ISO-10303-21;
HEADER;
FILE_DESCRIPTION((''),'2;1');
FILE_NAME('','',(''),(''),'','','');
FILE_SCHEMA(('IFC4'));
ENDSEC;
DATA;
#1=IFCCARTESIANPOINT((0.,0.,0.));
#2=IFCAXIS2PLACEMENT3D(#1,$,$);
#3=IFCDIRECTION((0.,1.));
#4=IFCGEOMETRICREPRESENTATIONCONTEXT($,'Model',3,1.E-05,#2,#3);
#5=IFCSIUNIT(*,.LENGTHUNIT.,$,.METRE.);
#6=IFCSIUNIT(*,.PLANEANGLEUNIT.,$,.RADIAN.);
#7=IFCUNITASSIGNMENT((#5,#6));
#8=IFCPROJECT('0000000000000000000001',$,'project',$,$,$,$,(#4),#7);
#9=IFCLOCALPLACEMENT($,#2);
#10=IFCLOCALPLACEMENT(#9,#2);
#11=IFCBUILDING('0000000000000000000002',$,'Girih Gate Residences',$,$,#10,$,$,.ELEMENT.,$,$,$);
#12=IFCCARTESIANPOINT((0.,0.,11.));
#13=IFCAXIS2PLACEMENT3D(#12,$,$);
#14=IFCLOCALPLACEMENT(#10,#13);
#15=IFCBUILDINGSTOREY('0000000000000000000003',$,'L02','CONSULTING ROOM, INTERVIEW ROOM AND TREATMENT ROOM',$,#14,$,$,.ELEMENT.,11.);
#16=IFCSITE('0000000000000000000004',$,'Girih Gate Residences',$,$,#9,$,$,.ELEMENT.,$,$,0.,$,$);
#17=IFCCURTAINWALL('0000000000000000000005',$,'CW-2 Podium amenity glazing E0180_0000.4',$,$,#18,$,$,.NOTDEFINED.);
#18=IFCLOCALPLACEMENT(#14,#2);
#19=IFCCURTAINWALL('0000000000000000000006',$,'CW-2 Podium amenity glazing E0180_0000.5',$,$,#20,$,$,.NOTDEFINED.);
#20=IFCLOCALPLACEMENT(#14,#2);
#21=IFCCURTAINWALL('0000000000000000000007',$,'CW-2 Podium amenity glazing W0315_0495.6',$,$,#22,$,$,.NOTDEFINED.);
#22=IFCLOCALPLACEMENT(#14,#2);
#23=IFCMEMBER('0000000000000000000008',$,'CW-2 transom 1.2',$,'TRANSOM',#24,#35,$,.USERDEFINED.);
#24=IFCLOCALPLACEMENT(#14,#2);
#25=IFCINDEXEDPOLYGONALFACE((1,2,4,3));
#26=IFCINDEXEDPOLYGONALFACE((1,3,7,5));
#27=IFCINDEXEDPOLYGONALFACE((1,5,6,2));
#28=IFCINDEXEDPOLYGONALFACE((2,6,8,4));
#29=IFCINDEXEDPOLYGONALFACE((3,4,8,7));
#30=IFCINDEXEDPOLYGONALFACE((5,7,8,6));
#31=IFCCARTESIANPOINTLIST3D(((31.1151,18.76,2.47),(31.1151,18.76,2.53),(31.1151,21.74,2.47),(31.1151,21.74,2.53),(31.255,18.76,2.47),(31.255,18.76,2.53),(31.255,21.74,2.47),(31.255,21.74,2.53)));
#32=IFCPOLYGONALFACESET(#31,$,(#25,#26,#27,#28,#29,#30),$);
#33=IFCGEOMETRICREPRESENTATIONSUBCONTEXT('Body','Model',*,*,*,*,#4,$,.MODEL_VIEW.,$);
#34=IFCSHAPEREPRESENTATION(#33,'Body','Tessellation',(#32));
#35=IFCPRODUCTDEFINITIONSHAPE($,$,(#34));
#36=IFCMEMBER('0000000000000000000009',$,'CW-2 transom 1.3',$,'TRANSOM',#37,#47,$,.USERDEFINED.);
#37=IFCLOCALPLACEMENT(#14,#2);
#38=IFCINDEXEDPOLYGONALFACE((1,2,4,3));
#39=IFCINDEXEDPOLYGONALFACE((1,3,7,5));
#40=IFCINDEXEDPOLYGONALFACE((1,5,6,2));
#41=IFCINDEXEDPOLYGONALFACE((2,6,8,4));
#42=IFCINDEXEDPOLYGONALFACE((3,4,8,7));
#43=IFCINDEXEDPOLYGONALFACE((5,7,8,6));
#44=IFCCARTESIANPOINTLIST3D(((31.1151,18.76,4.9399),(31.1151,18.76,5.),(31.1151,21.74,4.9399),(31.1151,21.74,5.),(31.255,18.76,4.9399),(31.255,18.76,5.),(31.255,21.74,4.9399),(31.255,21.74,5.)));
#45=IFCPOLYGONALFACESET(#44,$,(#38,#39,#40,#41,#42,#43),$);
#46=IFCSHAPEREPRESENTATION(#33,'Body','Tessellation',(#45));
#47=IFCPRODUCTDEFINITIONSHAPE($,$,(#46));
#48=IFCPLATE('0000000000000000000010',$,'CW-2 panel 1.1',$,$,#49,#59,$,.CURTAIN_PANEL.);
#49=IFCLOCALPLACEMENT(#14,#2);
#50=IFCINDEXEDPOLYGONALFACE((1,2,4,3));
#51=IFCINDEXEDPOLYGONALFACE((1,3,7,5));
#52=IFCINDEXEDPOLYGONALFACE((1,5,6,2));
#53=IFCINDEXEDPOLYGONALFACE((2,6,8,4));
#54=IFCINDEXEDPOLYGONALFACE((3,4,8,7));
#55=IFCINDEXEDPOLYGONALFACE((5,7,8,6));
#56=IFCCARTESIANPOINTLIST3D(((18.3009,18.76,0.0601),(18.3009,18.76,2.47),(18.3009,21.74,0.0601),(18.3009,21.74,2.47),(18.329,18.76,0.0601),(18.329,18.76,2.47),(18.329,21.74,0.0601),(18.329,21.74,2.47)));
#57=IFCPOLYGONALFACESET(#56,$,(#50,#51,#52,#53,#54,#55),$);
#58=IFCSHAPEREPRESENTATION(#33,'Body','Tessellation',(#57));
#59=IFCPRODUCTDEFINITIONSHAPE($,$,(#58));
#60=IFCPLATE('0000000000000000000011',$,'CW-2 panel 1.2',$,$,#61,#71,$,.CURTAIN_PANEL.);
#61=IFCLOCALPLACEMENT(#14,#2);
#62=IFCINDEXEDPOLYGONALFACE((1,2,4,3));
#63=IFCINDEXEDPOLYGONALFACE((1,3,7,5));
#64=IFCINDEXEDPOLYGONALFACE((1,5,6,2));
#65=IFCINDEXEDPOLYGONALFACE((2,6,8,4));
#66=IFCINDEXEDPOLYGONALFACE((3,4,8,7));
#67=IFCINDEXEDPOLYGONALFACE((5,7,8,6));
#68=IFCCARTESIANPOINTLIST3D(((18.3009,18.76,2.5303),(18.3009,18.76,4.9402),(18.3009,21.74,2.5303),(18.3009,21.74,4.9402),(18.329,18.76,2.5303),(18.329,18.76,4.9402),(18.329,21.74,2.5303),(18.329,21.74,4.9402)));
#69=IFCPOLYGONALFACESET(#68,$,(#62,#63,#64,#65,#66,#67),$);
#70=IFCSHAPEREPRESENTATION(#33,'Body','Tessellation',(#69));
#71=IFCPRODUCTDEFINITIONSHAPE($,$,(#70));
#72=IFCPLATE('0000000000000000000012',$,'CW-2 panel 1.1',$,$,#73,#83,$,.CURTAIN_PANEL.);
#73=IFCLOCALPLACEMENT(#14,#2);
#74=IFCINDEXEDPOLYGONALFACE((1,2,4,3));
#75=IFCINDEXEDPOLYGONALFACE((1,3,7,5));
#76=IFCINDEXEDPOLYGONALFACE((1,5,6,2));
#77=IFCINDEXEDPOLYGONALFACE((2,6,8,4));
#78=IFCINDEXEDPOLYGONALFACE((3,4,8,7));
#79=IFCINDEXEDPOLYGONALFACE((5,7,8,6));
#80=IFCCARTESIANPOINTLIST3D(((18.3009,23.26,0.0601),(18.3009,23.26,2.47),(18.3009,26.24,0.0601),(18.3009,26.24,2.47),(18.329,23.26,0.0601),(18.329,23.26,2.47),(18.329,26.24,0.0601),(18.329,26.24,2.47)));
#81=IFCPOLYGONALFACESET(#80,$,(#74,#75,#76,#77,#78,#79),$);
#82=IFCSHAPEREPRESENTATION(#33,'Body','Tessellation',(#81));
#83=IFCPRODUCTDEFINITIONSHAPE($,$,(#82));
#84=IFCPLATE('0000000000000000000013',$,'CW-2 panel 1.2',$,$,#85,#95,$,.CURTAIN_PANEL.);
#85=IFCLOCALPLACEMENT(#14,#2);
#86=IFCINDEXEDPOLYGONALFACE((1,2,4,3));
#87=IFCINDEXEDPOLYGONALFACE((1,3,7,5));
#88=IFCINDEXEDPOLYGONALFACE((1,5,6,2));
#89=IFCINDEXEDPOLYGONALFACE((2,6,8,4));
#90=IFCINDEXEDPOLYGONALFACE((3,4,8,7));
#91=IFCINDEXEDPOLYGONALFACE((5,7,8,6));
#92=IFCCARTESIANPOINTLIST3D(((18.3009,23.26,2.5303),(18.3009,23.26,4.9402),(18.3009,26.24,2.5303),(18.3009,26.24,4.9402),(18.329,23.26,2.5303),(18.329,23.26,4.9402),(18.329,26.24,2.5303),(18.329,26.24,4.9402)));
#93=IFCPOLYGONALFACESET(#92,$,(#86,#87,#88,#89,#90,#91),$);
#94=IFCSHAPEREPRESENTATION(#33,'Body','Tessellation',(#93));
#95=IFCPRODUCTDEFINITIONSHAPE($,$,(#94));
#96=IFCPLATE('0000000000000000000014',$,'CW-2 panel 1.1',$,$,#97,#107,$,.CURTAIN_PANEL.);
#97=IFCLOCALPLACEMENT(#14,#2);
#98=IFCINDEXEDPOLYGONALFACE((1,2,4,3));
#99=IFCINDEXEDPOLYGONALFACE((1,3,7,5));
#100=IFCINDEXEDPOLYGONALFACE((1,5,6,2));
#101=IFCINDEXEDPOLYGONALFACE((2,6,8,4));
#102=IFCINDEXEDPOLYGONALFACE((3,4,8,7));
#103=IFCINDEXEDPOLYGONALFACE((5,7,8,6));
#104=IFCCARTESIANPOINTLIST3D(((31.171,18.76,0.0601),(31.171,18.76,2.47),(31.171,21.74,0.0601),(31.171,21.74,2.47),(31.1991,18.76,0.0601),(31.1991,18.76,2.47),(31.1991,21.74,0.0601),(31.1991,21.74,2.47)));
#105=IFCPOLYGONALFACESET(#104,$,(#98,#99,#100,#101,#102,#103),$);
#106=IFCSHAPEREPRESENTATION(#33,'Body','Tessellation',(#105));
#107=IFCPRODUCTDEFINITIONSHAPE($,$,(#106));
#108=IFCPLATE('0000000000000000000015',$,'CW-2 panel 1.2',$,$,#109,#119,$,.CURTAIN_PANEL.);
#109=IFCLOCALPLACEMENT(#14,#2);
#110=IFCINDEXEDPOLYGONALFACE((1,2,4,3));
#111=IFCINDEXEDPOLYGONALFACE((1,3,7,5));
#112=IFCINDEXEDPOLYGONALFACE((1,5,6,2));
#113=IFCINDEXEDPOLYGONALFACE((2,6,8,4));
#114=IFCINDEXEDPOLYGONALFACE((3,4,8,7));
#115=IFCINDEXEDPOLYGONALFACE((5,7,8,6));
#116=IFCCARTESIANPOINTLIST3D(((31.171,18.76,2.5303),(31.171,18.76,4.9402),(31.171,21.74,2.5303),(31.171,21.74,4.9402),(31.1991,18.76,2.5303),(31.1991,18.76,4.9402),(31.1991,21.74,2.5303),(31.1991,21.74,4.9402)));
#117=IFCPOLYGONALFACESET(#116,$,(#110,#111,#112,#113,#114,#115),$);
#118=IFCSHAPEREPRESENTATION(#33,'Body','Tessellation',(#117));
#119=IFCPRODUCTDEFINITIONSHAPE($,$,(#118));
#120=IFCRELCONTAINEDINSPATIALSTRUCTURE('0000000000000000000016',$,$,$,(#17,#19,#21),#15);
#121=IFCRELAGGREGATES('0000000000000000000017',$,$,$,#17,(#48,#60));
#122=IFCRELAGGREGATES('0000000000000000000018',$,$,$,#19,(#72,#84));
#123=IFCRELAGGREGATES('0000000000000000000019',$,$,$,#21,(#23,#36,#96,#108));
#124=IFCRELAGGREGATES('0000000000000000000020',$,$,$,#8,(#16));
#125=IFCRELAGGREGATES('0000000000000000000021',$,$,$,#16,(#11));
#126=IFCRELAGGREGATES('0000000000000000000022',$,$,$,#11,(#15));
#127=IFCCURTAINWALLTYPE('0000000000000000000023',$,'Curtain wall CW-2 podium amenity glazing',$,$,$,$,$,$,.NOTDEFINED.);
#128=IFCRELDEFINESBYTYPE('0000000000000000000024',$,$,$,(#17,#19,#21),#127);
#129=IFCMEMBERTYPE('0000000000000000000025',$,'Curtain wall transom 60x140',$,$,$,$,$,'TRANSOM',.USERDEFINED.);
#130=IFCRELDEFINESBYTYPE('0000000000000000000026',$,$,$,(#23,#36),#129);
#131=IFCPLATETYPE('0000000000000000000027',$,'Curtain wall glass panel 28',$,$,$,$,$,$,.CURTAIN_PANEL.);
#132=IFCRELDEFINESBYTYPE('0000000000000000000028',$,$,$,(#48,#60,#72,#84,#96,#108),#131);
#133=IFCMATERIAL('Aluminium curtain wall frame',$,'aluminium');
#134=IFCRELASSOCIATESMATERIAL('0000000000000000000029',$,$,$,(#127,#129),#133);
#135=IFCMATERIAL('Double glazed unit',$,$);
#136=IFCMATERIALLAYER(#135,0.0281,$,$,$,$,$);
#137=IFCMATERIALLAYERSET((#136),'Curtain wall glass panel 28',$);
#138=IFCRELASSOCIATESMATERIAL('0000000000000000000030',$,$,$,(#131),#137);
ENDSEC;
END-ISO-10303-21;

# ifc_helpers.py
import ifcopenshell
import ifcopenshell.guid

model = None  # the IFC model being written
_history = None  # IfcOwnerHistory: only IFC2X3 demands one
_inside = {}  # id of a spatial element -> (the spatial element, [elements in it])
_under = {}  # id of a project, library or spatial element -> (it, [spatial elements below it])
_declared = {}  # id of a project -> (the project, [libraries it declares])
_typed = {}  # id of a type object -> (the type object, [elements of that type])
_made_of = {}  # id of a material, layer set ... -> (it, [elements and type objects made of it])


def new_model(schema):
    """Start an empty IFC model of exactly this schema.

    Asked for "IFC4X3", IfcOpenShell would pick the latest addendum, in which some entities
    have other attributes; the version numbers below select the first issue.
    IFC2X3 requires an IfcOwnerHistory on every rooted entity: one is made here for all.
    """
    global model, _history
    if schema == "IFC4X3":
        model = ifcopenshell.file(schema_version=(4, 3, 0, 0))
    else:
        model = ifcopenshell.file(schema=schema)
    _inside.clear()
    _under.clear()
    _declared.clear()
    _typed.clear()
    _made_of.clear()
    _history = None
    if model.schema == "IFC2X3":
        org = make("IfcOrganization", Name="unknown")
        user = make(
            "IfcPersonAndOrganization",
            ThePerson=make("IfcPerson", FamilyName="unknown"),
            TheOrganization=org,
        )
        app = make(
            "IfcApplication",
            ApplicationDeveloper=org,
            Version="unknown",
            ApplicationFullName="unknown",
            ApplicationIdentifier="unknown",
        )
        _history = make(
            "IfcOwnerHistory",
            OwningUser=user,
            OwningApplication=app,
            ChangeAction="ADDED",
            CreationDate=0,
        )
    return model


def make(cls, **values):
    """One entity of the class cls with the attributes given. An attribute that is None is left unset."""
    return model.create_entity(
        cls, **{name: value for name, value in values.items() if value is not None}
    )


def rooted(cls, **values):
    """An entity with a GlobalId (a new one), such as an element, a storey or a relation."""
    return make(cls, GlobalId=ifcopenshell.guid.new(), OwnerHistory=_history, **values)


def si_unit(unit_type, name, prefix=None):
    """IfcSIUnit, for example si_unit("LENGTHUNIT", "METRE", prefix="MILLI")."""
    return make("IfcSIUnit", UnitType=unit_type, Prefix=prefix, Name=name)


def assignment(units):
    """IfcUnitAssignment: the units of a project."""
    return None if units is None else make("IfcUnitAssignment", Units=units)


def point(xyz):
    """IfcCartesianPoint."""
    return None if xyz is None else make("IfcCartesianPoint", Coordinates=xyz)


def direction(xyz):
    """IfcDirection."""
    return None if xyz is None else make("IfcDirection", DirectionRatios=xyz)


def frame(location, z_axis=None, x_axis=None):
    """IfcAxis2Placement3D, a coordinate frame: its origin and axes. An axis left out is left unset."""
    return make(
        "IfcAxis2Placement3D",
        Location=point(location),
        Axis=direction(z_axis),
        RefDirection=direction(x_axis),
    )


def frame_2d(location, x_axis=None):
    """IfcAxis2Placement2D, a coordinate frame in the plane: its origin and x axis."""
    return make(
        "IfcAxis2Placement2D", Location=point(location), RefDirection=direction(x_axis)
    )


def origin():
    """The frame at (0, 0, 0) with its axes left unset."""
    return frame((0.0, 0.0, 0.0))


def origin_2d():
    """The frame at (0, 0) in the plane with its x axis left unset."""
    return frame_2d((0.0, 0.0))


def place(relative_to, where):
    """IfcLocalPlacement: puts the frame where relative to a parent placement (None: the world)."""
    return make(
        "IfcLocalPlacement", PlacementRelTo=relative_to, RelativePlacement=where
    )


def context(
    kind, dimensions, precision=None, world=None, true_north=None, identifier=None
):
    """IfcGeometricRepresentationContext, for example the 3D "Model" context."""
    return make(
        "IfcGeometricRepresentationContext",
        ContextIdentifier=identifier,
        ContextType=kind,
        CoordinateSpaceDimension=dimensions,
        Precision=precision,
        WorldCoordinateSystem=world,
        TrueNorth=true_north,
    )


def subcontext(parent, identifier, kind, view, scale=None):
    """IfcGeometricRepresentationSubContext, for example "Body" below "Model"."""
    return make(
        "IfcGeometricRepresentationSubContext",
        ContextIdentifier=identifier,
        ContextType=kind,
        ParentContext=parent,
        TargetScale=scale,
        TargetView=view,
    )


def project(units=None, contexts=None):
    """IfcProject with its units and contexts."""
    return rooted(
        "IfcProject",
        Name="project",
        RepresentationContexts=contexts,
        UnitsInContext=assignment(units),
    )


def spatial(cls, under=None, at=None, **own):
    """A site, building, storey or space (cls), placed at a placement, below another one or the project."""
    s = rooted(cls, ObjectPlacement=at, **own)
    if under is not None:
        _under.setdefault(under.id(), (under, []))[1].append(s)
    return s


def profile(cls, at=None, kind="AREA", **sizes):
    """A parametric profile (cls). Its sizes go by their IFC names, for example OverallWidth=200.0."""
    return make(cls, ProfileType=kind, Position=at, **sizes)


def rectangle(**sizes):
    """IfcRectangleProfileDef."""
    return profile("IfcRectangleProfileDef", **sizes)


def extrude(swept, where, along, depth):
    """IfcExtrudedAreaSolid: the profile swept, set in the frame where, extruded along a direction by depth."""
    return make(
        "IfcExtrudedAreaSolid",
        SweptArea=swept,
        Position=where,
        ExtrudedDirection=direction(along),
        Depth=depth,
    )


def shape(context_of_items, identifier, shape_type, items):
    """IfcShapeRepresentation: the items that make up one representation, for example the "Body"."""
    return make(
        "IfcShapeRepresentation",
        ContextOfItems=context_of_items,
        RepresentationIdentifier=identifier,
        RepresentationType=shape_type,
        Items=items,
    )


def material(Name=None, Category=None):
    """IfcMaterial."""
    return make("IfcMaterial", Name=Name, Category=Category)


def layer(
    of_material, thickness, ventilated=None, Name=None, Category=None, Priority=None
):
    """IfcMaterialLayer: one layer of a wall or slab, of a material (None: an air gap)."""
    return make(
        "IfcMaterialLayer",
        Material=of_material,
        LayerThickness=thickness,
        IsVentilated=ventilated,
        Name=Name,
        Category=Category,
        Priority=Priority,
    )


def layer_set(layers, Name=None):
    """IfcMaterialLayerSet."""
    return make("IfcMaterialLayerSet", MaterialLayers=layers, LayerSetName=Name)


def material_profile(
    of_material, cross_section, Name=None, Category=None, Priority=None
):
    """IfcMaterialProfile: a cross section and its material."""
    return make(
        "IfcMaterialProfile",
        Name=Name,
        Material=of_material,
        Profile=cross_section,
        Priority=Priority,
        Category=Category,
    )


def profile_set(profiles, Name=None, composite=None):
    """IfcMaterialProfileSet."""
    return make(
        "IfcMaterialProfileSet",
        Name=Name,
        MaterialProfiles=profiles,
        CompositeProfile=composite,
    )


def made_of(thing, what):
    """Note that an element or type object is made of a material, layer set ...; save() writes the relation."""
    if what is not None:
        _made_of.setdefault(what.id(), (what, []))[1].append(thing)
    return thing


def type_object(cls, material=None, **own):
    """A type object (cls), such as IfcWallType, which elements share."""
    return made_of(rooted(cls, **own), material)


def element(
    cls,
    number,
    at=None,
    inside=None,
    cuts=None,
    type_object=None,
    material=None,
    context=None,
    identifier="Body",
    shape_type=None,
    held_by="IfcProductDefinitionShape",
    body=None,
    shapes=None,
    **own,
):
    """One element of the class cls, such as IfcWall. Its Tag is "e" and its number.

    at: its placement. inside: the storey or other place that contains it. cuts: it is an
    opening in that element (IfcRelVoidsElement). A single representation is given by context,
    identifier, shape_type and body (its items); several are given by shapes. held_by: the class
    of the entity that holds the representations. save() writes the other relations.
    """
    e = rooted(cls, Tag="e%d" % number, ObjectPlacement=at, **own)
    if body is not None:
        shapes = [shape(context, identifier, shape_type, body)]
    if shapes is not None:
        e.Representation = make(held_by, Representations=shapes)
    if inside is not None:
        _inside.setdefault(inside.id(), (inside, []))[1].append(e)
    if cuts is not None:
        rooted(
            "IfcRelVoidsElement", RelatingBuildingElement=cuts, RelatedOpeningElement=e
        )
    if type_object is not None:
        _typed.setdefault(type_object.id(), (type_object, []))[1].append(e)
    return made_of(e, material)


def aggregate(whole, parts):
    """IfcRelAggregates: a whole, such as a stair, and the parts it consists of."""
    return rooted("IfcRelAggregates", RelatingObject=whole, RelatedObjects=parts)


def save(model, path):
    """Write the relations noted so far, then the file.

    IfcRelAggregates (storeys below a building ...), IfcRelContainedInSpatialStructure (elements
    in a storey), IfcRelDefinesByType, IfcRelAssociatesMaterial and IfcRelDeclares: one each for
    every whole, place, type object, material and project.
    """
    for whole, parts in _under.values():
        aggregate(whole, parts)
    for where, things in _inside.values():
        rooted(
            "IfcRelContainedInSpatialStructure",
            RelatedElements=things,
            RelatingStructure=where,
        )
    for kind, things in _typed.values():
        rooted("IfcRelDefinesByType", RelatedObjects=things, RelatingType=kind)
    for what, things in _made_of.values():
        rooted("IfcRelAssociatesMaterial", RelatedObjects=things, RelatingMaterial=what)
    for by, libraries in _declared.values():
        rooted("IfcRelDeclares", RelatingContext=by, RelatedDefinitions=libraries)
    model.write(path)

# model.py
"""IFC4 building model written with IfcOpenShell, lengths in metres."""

from ifc_helpers import new_model, si_unit, direction, frame, origin, origin_2d, place, context, subcontext, project, spatial, rectangle, extrude, material, layer, layer_set, material_profile, profile_set, type_object, element, aggregate, save


model = new_model("IFC4")

# Units and contexts
model_context = context("Model", 3, precision=1e-05, world=origin(), true_north=direction((0.0, 1.0)))
body_context = subcontext(model_context, "Body", "Model", "MODEL_VIEW")
ifc_project = project(units=[si_unit("LENGTHUNIT", "METRE"), si_unit("PLANEANGLEUNIT", "RADIAN")], contexts=[model_context])

# Site, building, storey
site_placement = place(None, origin())
site = spatial("IfcSite", under=ifc_project, at=site_placement, Name="Girih Gate Residences", CompositionType="ELEMENT", RefElevation=0.0)
building_placement = place(site_placement, origin())
building = spatial("IfcBuilding", under=site, at=building_placement, Name="Girih Gate Residences", CompositionType="ELEMENT")
storey_placement = place(building_placement, frame((0.0, 0.0, 11.0)))
storey = spatial("IfcBuildingStorey", under=building, at=storey_placement, Name="L02", Description="CONSULTING ROOM, INTERVIEW ROOM AND TREATMENT ROOM", CompositionType="ELEMENT", Elevation=11.0)

# Curtain wall
ifc_material_1 = material(Name="Aluminium curtain wall frame", Category="aluminium")
curtain_wall_type = type_object("IfcCurtainWallType", Name="Curtain wall CW-2 podium amenity glazing", PredefinedType="NOTDEFINED", material=ifc_material_1)
curtain_wall_1_placement = place(storey_placement, origin())
curtain_wall_1 = element("IfcCurtainWall", 1, at=curtain_wall_1_placement, inside=storey, type_object=curtain_wall_type, Name="CW-2 Podium amenity glazing E0180_0000.4", PredefinedType="NOTDEFINED")

# Curtain wall
curtain_wall_2_placement = place(storey_placement, origin())
curtain_wall_2 = element("IfcCurtainWall", 2, at=curtain_wall_2_placement, inside=storey, type_object=curtain_wall_type, Name="CW-2 Podium amenity glazing E0180_0000.5", PredefinedType="NOTDEFINED")

# Curtain wall
curtain_wall_3_placement = place(storey_placement, origin())
curtain_wall_3 = element("IfcCurtainWall", 3, at=curtain_wall_3_placement, inside=storey, type_object=curtain_wall_type, Name="CW-2 Podium amenity glazing W0315_0495.6", PredefinedType="NOTDEFINED")

# Members
ifc_material_profile_1 = material_profile(ifc_material_1, rectangle(XDim=0.1399, YDim=0.0601, at=origin_2d()))
ifc_profile_set_1 = profile_set([ifc_material_profile_1], Name="Aluminium curtain wall frame")
member_type_1 = type_object("IfcMemberType", Name="Curtain wall transom 60x140", ElementType="TRANSOM", PredefinedType="USERDEFINED", material=ifc_profile_set_1)
member_1_placement = place(storey_placement, frame((31.1851, 21.74, 2.5), z_axis=(0.0, -1.0, 0.0), x_axis=(1.0, 0.0, 0.0)))
member_1 = element("IfcMember", 4, at=member_1_placement, type_object=member_type_1, Name="CW-2 transom 1.2", ObjectType="TRANSOM", PredefinedType="USERDEFINED", context=body_context, shape_type="SweptSolid", body=[
    extrude(rectangle(XDim=0.1399, YDim=0.0601, at=origin_2d()), origin(), (0.0, 0.0, 1.0), 2.98),
])
member_2_placement = place(storey_placement, frame((31.1851, 21.74, 4.97), z_axis=(0.0, -1.0, 0.0), x_axis=(1.0, 0.0, 0.0)))
member_2 = element("IfcMember", 5, at=member_2_placement, type_object=member_type_1, Name="CW-2 transom 1.3", ObjectType="TRANSOM", PredefinedType="USERDEFINED", context=body_context, shape_type="SweptSolid", body=[
    extrude(rectangle(XDim=0.1399, YDim=0.0601, at=origin_2d()), origin(), (0.0, 0.0, 1.0), 2.98),
])

# Plates
ifc_material_2 = material(Name="Double glazed unit")
ifc_layer = layer(ifc_material_2, 0.0281)
ifc_layer_set = layer_set([ifc_layer], Name="Curtain wall glass panel 28")
plate_type = type_object("IfcPlateType", Name="Curtain wall glass panel 28", PredefinedType="CURTAIN_PANEL", material=ifc_layer_set)
plate_1_placement = place(storey_placement, frame((18.3149, 20.25, 0.0601), z_axis=(0.0, 0.0, 1.0), x_axis=(0.0, 1.0, 0.0)))
plate_1 = element("IfcPlate", 6, at=plate_1_placement, type_object=plate_type, Name="CW-2 panel 1.1", PredefinedType="CURTAIN_PANEL", context=body_context, shape_type="SweptSolid", body=[
    extrude(rectangle(XDim=2.98, YDim=0.0281, at=origin_2d()), origin(), (0.0, 0.0, 1.0), 2.4099),
])
plate_2_placement = place(storey_placement, frame((18.3149, 20.25, 2.5303), z_axis=(0.0, 0.0, 1.0), x_axis=(0.0, 1.0, 0.0)))
plate_2 = element("IfcPlate", 7, at=plate_2_placement, type_object=plate_type, Name="CW-2 panel 1.2", PredefinedType="CURTAIN_PANEL", context=body_context, shape_type="SweptSolid", body=[
    extrude(rectangle(XDim=2.98, YDim=0.0281, at=origin_2d()), origin(), (0.0, 0.0, 1.0), 2.4099),
])
aggregate(curtain_wall_1, [plate_1, plate_2])
plate_3_placement = place(storey_placement, frame((18.3149, 24.75, 0.0601), z_axis=(0.0, 0.0, 1.0), x_axis=(0.0, 1.0, 0.0)))
plate_3 = element("IfcPlate", 8, at=plate_3_placement, type_object=plate_type, Name="CW-2 panel 1.1", PredefinedType="CURTAIN_PANEL", context=body_context, shape_type="SweptSolid", body=[
    extrude(rectangle(XDim=2.98, YDim=0.0281, at=origin_2d()), origin(), (0.0, 0.0, 1.0), 2.4099),
])
plate_4_placement = place(storey_placement, frame((18.3149, 24.75, 2.5303), z_axis=(0.0, 0.0, 1.0), x_axis=(0.0, 1.0, 0.0)))
plate_4 = element("IfcPlate", 9, at=plate_4_placement, type_object=plate_type, Name="CW-2 panel 1.2", PredefinedType="CURTAIN_PANEL", context=body_context, shape_type="SweptSolid", body=[
    extrude(rectangle(XDim=2.98, YDim=0.0281, at=origin_2d()), origin(), (0.0, 0.0, 1.0), 2.4099),
])
aggregate(curtain_wall_2, [plate_3, plate_4])
plate_5_placement = place(storey_placement, frame((31.1851, 20.25, 0.0601), z_axis=(0.0, 0.0, 1.0), x_axis=(0.0, -1.0, 0.0)))
plate_5 = element("IfcPlate", 10, at=plate_5_placement, type_object=plate_type, Name="CW-2 panel 1.1", PredefinedType="CURTAIN_PANEL", context=body_context, shape_type="SweptSolid", body=[
    extrude(rectangle(XDim=2.98, YDim=0.0281, at=origin_2d()), origin(), (0.0, 0.0, 1.0), 2.4099),
])
plate_6_placement = place(storey_placement, frame((31.1851, 20.25, 2.5303), z_axis=(0.0, 0.0, 1.0), x_axis=(0.0, -1.0, 0.0)))
plate_6 = element("IfcPlate", 11, at=plate_6_placement, type_object=plate_type, Name="CW-2 panel 1.2", PredefinedType="CURTAIN_PANEL", context=body_context, shape_type="SweptSolid", body=[
    extrude(rectangle(XDim=2.98, YDim=0.0281, at=origin_2d()), origin(), (0.0, 0.0, 1.0), 2.4099),
])
aggregate(curtain_wall_3, [member_1, member_2, plate_5, plate_6])

save(model, "model.ifc")
